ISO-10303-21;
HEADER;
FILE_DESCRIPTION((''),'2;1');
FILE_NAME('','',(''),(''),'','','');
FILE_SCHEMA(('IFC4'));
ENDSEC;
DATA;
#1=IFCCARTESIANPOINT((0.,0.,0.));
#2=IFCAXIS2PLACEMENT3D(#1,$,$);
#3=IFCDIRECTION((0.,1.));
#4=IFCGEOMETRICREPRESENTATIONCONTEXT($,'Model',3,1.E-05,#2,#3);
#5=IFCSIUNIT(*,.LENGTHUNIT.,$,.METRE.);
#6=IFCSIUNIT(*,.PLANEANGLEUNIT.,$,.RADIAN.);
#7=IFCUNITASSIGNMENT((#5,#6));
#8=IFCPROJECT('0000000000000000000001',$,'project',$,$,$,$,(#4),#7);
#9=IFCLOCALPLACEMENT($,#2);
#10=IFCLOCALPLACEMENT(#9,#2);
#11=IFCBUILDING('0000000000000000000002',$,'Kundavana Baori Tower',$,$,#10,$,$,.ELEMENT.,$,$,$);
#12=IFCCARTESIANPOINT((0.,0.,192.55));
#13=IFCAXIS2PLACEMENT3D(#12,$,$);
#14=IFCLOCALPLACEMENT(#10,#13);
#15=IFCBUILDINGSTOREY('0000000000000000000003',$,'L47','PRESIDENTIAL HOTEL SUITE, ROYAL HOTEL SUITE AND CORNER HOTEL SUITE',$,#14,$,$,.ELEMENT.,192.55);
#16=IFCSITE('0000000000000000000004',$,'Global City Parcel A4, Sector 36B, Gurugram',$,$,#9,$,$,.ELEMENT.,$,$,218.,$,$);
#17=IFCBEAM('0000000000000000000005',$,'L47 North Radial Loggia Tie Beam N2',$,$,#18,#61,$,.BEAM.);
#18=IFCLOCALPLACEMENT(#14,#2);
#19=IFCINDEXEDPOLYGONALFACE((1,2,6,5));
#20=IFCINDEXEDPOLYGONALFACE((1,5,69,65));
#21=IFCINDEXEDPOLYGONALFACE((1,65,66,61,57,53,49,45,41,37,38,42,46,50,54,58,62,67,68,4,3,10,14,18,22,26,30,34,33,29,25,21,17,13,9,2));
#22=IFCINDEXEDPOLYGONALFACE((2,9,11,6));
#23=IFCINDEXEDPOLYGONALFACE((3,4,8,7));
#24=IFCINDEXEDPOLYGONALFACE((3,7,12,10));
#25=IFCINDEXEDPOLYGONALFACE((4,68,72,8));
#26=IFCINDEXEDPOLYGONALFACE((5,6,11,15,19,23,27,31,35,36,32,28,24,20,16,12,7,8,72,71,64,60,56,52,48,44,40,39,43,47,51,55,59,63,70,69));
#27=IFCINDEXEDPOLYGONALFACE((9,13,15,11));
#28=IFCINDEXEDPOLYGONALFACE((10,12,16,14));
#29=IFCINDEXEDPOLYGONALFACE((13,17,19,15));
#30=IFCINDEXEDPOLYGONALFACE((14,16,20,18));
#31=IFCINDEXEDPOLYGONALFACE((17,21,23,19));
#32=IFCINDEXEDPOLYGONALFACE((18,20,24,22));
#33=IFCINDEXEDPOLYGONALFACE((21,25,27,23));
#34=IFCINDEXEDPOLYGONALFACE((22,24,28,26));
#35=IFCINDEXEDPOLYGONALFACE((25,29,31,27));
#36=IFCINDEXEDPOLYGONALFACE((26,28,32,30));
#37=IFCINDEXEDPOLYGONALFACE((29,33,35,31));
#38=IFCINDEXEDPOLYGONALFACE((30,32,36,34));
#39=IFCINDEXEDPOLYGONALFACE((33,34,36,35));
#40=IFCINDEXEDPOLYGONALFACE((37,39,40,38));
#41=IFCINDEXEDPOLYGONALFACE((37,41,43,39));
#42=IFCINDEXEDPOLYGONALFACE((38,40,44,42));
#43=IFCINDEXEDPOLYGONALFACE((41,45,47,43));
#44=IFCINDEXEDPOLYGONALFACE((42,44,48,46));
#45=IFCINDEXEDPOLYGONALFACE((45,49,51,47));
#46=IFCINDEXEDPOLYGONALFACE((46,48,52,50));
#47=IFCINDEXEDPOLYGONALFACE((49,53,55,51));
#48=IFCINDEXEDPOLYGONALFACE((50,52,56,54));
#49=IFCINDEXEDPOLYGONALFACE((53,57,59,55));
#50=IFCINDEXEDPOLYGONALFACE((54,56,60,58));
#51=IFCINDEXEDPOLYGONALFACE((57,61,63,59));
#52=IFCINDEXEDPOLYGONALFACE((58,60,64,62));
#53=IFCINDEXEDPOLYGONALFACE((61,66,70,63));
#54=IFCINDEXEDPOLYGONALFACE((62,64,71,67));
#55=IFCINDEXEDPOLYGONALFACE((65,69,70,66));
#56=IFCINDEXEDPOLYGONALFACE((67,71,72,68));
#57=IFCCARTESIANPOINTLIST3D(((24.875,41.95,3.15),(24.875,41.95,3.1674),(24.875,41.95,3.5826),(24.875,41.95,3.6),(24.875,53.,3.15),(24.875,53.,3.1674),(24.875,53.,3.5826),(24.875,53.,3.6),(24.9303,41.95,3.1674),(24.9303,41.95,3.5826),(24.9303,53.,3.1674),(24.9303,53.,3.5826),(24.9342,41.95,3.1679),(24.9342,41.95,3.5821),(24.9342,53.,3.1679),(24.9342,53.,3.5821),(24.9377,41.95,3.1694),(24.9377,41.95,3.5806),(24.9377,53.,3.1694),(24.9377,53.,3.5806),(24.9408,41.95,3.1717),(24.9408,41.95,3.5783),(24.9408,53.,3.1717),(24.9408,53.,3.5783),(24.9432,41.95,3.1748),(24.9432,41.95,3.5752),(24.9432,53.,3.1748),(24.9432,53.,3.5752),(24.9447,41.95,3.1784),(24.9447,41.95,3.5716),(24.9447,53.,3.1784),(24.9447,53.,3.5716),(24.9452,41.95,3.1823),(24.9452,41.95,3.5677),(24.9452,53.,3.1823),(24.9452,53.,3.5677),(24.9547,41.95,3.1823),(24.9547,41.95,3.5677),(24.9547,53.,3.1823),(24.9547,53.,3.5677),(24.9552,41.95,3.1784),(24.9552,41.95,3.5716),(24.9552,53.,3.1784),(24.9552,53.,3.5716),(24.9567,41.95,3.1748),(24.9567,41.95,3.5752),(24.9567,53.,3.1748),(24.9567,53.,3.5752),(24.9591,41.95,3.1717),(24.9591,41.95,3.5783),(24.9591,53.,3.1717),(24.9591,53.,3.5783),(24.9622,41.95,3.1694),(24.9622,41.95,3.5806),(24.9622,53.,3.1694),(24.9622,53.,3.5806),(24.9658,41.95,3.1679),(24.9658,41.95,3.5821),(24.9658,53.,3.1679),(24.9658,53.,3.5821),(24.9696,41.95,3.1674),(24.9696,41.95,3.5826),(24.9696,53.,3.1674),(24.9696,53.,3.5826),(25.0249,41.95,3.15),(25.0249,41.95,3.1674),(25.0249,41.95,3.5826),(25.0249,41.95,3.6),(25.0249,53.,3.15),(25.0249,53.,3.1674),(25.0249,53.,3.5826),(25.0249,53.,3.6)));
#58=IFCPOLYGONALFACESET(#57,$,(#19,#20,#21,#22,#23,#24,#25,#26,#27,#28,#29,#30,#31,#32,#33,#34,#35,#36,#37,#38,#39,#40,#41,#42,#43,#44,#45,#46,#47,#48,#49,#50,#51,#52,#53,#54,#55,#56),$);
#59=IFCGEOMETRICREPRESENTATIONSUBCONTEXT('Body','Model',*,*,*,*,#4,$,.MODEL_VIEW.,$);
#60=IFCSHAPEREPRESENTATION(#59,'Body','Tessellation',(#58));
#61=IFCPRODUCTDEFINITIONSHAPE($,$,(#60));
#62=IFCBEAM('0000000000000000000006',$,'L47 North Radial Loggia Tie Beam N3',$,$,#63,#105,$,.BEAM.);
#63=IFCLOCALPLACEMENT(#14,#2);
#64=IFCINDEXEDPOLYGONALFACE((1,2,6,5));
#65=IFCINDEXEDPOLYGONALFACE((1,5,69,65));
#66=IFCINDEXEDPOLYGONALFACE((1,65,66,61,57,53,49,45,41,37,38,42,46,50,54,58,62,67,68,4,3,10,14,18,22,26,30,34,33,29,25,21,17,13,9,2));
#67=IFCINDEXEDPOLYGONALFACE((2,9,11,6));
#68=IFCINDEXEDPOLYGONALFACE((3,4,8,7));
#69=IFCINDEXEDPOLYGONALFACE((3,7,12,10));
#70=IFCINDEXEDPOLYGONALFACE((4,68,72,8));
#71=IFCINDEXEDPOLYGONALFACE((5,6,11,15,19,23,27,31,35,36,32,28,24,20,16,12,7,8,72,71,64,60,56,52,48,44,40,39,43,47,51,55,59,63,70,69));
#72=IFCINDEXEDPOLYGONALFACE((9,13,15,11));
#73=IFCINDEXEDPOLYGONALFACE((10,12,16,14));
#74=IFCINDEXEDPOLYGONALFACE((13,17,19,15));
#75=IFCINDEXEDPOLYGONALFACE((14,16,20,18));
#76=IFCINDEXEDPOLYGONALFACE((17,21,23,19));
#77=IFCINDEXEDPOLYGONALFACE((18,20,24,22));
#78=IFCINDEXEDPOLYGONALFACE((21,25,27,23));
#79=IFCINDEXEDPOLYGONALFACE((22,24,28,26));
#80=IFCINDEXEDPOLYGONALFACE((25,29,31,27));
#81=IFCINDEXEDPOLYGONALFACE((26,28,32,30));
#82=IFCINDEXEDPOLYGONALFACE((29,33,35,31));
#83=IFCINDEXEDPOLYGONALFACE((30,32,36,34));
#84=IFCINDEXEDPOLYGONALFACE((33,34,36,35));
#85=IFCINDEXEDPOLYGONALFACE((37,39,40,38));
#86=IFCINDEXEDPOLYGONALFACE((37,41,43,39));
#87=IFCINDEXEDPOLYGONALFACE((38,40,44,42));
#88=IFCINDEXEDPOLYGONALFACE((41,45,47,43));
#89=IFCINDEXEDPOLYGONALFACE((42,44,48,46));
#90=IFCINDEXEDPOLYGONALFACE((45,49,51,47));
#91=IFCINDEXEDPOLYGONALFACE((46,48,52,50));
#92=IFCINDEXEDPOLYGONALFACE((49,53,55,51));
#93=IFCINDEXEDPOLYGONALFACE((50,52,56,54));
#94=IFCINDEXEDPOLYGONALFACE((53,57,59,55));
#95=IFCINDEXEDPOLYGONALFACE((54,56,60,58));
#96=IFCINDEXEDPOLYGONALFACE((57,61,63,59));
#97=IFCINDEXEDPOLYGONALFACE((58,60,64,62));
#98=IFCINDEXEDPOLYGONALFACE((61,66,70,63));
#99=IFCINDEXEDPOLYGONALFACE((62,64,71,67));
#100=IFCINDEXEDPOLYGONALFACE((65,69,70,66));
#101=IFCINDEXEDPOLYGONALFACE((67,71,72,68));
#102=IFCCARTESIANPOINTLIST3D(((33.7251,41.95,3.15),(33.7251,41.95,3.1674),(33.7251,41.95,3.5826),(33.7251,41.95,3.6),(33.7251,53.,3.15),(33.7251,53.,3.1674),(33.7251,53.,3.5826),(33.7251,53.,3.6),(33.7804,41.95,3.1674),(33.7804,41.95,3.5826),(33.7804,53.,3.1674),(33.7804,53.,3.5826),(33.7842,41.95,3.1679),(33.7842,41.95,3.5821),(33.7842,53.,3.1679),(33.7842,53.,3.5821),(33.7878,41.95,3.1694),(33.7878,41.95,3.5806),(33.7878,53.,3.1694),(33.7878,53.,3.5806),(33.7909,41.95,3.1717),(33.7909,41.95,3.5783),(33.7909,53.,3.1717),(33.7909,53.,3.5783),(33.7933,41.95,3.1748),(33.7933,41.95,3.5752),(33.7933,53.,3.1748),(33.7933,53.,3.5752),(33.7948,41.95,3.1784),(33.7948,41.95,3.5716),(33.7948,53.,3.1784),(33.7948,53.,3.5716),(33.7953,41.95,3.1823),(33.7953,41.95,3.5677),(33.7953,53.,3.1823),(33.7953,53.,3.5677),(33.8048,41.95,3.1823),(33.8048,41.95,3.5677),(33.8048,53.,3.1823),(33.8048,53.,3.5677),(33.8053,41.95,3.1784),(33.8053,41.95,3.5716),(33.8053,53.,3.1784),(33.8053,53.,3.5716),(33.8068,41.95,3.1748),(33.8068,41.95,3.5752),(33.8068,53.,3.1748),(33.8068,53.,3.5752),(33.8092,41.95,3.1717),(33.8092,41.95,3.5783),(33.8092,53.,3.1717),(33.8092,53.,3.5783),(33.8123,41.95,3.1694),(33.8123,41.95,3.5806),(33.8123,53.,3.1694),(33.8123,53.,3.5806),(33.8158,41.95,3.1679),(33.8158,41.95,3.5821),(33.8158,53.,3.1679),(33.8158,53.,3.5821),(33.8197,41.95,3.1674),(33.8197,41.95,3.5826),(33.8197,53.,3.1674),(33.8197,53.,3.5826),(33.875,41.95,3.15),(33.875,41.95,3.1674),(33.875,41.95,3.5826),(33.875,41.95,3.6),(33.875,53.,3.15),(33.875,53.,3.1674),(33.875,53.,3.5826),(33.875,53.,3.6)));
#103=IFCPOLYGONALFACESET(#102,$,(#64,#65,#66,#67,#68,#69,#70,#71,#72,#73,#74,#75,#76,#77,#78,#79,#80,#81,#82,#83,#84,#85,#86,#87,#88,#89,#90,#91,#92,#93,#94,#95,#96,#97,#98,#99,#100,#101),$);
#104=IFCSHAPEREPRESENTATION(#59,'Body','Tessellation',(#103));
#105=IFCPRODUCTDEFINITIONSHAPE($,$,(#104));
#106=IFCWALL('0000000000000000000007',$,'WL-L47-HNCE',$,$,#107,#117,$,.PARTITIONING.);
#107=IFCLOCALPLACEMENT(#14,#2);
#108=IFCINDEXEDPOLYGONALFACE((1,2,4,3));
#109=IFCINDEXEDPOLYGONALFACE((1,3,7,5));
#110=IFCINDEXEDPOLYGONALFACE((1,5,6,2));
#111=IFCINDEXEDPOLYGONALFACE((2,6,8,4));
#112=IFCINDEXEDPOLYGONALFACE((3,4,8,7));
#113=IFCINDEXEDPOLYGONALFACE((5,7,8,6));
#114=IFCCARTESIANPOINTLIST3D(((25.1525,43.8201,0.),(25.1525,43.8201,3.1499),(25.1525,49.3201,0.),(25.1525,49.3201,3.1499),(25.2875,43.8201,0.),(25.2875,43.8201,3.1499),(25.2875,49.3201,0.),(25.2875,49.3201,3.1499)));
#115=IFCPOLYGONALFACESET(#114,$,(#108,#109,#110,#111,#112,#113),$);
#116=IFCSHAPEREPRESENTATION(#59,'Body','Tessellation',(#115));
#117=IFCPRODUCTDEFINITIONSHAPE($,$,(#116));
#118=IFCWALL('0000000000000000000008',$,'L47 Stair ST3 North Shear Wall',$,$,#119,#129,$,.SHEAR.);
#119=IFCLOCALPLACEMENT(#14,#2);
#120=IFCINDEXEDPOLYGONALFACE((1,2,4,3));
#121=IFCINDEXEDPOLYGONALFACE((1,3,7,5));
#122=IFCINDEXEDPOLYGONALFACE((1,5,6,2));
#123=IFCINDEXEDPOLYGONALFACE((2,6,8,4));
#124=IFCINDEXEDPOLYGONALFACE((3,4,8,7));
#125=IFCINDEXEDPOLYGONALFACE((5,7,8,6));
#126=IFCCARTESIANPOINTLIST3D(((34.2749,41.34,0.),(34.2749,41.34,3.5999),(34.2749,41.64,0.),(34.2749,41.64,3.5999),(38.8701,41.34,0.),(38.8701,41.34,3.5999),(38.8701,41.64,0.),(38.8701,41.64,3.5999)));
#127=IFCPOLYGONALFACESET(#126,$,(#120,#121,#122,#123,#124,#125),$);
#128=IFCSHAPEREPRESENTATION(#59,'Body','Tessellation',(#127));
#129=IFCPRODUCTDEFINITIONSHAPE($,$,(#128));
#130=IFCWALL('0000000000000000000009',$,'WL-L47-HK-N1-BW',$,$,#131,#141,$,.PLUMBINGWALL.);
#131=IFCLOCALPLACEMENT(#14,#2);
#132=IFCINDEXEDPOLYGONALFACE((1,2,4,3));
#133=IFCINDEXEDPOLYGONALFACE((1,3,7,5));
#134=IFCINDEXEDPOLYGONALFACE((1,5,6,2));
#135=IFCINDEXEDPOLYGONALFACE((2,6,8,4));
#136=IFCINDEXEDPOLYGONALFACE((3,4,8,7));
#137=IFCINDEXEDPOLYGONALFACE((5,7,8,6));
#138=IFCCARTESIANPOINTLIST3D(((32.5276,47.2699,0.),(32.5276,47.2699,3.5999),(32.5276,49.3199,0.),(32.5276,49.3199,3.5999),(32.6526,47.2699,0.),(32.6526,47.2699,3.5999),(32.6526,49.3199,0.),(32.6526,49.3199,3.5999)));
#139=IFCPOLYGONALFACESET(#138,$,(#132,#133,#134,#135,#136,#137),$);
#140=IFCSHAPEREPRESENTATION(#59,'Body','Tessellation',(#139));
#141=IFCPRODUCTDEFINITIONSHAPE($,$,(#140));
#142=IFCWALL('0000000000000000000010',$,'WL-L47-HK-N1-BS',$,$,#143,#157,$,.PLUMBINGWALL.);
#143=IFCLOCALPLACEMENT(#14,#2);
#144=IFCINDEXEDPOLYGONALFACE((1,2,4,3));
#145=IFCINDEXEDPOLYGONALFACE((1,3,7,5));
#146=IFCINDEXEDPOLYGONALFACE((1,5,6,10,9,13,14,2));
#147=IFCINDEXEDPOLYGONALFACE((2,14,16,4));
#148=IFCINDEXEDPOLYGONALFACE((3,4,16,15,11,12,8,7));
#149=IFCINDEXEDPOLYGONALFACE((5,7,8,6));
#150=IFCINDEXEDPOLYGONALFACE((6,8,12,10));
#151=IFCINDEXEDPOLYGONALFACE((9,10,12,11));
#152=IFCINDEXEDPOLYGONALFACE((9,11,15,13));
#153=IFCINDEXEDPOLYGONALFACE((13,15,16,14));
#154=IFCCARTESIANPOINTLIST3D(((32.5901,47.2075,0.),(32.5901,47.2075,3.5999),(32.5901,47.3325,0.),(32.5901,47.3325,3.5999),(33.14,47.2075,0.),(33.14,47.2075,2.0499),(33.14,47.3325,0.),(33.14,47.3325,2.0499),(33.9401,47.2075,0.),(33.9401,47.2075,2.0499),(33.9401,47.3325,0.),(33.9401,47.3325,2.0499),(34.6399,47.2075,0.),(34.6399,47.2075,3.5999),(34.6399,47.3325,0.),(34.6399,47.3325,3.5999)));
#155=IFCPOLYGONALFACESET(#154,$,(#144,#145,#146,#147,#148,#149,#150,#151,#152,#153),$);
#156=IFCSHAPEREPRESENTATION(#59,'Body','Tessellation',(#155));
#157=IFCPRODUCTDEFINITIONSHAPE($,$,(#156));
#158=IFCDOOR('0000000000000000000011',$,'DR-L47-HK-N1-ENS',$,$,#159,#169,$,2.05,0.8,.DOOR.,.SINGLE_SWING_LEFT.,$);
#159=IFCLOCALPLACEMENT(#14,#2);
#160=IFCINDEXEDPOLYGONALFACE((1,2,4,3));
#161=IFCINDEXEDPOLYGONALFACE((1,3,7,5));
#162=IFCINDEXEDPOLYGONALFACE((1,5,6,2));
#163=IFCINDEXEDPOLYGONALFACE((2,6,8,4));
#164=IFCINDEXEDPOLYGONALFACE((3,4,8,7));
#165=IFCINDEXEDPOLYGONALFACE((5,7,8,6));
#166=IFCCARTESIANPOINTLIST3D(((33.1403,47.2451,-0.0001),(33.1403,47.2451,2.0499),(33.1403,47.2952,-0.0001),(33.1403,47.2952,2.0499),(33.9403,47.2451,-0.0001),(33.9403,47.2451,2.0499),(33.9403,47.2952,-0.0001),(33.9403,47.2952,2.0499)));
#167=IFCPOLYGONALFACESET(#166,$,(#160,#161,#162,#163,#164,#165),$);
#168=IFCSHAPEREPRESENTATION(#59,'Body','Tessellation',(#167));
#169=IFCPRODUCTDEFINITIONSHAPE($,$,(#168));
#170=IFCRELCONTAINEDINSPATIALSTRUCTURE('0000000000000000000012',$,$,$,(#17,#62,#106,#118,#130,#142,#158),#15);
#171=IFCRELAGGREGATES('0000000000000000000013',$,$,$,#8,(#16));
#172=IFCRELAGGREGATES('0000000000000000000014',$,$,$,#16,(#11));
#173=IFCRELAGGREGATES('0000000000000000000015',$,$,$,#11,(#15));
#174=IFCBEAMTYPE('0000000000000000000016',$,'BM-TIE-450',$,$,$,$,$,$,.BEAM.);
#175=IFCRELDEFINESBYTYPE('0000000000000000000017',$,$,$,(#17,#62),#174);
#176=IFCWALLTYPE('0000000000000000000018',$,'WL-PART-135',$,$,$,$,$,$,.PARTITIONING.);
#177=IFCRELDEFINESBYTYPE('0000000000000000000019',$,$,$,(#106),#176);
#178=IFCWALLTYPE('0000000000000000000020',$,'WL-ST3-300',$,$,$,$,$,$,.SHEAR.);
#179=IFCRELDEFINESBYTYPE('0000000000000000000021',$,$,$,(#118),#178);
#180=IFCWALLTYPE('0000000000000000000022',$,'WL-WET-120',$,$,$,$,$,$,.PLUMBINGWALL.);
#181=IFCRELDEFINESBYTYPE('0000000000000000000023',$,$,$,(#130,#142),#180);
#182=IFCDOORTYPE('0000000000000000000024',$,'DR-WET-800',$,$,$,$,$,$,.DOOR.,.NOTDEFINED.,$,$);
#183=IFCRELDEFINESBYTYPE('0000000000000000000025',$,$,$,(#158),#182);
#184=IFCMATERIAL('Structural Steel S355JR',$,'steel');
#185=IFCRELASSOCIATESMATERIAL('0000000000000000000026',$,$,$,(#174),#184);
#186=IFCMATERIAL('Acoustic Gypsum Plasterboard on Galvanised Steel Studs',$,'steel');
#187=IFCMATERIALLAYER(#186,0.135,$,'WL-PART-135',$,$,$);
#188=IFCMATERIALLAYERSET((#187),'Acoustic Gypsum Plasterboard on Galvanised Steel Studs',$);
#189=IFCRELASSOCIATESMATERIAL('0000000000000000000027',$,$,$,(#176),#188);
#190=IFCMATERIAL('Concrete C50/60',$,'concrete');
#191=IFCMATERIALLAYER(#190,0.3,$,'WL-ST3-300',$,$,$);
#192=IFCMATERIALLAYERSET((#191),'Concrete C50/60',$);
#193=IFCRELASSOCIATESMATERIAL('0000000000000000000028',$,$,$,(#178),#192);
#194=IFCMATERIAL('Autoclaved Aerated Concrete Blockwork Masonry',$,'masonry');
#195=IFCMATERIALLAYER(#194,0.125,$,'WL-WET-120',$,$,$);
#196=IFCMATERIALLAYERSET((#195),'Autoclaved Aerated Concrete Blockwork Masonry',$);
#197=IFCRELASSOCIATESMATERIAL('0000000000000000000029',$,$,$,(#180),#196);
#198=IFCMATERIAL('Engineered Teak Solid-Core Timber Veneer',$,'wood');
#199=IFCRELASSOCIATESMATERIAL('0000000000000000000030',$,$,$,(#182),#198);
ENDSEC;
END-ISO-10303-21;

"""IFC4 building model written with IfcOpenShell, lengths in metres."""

from ifc_helpers import new_model, si_unit, direction, frame, frame_2d, origin, origin_2d, place, context, subcontext, project, spatial, rectangle, i_section, extrude, material, layer, layer_set, material_profile, profile_set, type_object, element, fill, save


model = new_model("IFC4")

# Units and contexts
model_context = context("Model", 3, precision=1e-05, world=origin(), true_north=direction((0.0, 1.0)))
body_context = subcontext(model_context, "Body", "Model", "MODEL_VIEW")
ifc_project = project(units=[si_unit("LENGTHUNIT", "METRE"), si_unit("PLANEANGLEUNIT", "RADIAN")], contexts=[model_context])

# Site, building, storey
site_placement = place(None, origin())
site = spatial("IfcSite", under=ifc_project, at=site_placement, Name="Global City Parcel A4, Sector 36B, Gurugram", CompositionType="ELEMENT", RefElevation=218.0)
building_placement = place(site_placement, origin())
building = spatial("IfcBuilding", under=site, at=building_placement, Name="Kundavana Baori Tower", CompositionType="ELEMENT")
storey_placement = place(building_placement, frame((0.0, 0.0, 192.55)))
storey = spatial("IfcBuildingStorey", under=building, at=storey_placement, Name="L47", Description="PRESIDENTIAL HOTEL SUITE, ROYAL HOTEL SUITE AND CORNER HOTEL SUITE", CompositionType="ELEMENT", Elevation=192.55)

# Beams
ifc_material_1 = material(Name="Structural Steel S355JR", Category="steel")
ifc_material_profile_1 = material_profile(ifc_material_1, i_section(OverallWidth=0.1499, OverallDepth=0.45, WebThickness=0.0095, FlangeThickness=0.0173, FilletRadius=0.0149, at=origin_2d()), Name="ISMB 450")
ifc_profile_set_1 = profile_set([ifc_material_profile_1], Name="Structural Steel S355JR")
beam_type_1 = type_object("IfcBeamType", Name="BM-TIE-450", PredefinedType="BEAM", material=ifc_profile_set_1)
for number, where, z_axis, x_axis, name in (
    (1, (24.95, 41.95, 3.375), (0.0, 1.0, 0.0), (-1.0, 0.0, 0.0), "L47 North Radial Loggia Tie Beam N2"),
    (2, (33.8, 41.95, 3.375), (0.0, 1.0, 0.0), (-1.0, 0.0, 0.0), "L47 North Radial Loggia Tie Beam N3"),
):
    element("IfcBeam", number, at=place(storey_placement, frame(where, z_axis=z_axis, x_axis=x_axis)), inside=storey, type_object=beam_type_1, Name=name, PredefinedType="BEAM", context=body_context, shape_type="SweptSolid", body=[
        extrude(i_section(OverallWidth=0.1499, OverallDepth=0.45, WebThickness=0.0095, FlangeThickness=0.0173, FilletRadius=0.0149, at=origin_2d()), origin(), (0.0, 0.0, 1.0), 11.05),
    ])

# Walls
ifc_material_2 = material(Name="Acoustic Gypsum Plasterboard on Galvanised Steel Studs", Category="steel")
ifc_layer_1 = layer(ifc_material_2, 0.135, Name="WL-PART-135")
ifc_layer_set_1 = layer_set([ifc_layer_1], Name="Acoustic Gypsum Plasterboard on Galvanised Steel Studs")
wall_type_1 = type_object("IfcWallType", Name="WL-PART-135", PredefinedType="PARTITIONING", material=ifc_layer_set_1)
wall_1_placement = place(storey_placement, frame((25.22, 43.8201, 0.0), z_axis=(0.0, 0.0, 1.0), x_axis=(0.0, 1.0, 0.0)))
element("IfcWall", 3, at=wall_1_placement, inside=storey, type_object=wall_type_1, Name="WL-L47-HNCE", PredefinedType="PARTITIONING", context=body_context, shape_type="SweptSolid", body=[
    extrude(rectangle(XDim=5.5, YDim=0.135, at=frame_2d((2.75, 0.0))), origin(), (0.0, 0.0, 1.0), 3.1499),
])
ifc_material_3 = material(Name="Concrete C50/60", Category="concrete")
ifc_layer_2 = layer(ifc_material_3, 0.3, Name="WL-ST3-300")
ifc_layer_set_2 = layer_set([ifc_layer_2], Name="Concrete C50/60")
wall_type_2 = type_object("IfcWallType", Name="WL-ST3-300", PredefinedType="SHEAR", material=ifc_layer_set_2)
wall_2_placement = place(storey_placement, frame((34.2749, 41.49, 0.0), z_axis=(0.0, 0.0, 1.0), x_axis=(1.0, 0.0, 0.0)))
element("IfcWall", 4, at=wall_2_placement, inside=storey, type_object=wall_type_2, Name="L47 Stair ST3 North Shear Wall", PredefinedType="SHEAR", context=body_context, shape_type="SweptSolid", body=[
    extrude(rectangle(XDim=4.5952, YDim=0.3, at=frame_2d((2.2976, 0.0))), origin(), (0.0, 0.0, 1.0), 3.5999),
])
ifc_material_4 = material(Name="Autoclaved Aerated Concrete Blockwork Masonry", Category="masonry")
ifc_layer_3 = layer(ifc_material_4, 0.125, Name="WL-WET-120")
ifc_layer_set_3 = layer_set([ifc_layer_3], Name="Autoclaved Aerated Concrete Blockwork Masonry")
wall_type_3 = type_object("IfcWallType", Name="WL-WET-120", PredefinedType="PLUMBINGWALL", material=ifc_layer_set_3)
wall_3_placement = place(storey_placement, frame((32.5901, 47.27, 0.0), z_axis=(0.0, 0.0, 1.0), x_axis=(0.0, 1.0, 0.0)))
element("IfcWall", 5, at=wall_3_placement, inside=storey, type_object=wall_type_3, Name="WL-L47-HK-N1-BW", PredefinedType="PLUMBINGWALL", context=body_context, shape_type="SweptSolid", body=[
    extrude(rectangle(XDim=2.05, YDim=0.125, at=frame_2d((1.0249, 0.0))), origin(), (0.0, 0.0, 1.0), 3.5999),
])

# Wall, opening, door
wall_4_placement = place(storey_placement, frame((32.5901, 47.27, 0.0), z_axis=(0.0, 0.0, 1.0), x_axis=(1.0, 0.0, 0.0)))
wall_4 = element("IfcWall", 6, at=wall_4_placement, inside=storey, type_object=wall_type_3, Name="WL-L47-HK-N1-BS", PredefinedType="PLUMBINGWALL", context=body_context, shape_type="SweptSolid", body=[
    extrude(rectangle(XDim=2.0498, YDim=0.125, at=frame_2d((1.0249, 0.0))), origin(), (0.0, 0.0, 1.0), 3.5999),
])
opening_placement = place(wall_4_placement, frame((0.55, 0.0, 0.0)))
opening = element("IfcOpeningElement", 7, at=opening_placement, cuts=wall_4, PredefinedType="OPENING", context=body_context, shape_type="SweptSolid", body=[
    extrude(rectangle(XDim=0.8, YDim=2.05, at=frame_2d((0.3999, 1.0249))), frame((0.0, 0.0725, 0.0), z_axis=(0.0, -1.0, 0.0), x_axis=(1.0, 0.0, 0.0)), (0.0, 0.0, 1.0), 0.145),
])
ifc_material_5 = material(Name="Engineered Teak Solid-Core Timber Veneer", Category="wood")
door_type = type_object("IfcDoorType", Name="DR-WET-800", OperationType="NOTDEFINED", PredefinedType="DOOR", material=ifc_material_5)
door_placement = place(opening_placement, frame((0.8, 0.0, 0.0), z_axis=(0.0, 0.0, 1.0), x_axis=(-1.0, 0.0, 0.0)))
door = element("IfcDoor", 8, at=door_placement, inside=storey, type_object=door_type, Name="DR-L47-HK-N1-ENS", OperationType="SINGLE_SWING_LEFT", OverallHeight=2.05, OverallWidth=0.8, PredefinedType="DOOR", context=body_context, shape_type="SweptSolid", body=[
    extrude(rectangle(XDim=0.8, YDim=2.05, at=frame_2d((0.3999, 1.0249))), frame((0.0, 0.0249, 0.0), z_axis=(0.0, -1.0, 0.0), x_axis=(1.0, 0.0, 0.0)), (0.0, 0.0, 1.0), 0.05),
])
fill(opening, door)

save(model, "model.ifc")
